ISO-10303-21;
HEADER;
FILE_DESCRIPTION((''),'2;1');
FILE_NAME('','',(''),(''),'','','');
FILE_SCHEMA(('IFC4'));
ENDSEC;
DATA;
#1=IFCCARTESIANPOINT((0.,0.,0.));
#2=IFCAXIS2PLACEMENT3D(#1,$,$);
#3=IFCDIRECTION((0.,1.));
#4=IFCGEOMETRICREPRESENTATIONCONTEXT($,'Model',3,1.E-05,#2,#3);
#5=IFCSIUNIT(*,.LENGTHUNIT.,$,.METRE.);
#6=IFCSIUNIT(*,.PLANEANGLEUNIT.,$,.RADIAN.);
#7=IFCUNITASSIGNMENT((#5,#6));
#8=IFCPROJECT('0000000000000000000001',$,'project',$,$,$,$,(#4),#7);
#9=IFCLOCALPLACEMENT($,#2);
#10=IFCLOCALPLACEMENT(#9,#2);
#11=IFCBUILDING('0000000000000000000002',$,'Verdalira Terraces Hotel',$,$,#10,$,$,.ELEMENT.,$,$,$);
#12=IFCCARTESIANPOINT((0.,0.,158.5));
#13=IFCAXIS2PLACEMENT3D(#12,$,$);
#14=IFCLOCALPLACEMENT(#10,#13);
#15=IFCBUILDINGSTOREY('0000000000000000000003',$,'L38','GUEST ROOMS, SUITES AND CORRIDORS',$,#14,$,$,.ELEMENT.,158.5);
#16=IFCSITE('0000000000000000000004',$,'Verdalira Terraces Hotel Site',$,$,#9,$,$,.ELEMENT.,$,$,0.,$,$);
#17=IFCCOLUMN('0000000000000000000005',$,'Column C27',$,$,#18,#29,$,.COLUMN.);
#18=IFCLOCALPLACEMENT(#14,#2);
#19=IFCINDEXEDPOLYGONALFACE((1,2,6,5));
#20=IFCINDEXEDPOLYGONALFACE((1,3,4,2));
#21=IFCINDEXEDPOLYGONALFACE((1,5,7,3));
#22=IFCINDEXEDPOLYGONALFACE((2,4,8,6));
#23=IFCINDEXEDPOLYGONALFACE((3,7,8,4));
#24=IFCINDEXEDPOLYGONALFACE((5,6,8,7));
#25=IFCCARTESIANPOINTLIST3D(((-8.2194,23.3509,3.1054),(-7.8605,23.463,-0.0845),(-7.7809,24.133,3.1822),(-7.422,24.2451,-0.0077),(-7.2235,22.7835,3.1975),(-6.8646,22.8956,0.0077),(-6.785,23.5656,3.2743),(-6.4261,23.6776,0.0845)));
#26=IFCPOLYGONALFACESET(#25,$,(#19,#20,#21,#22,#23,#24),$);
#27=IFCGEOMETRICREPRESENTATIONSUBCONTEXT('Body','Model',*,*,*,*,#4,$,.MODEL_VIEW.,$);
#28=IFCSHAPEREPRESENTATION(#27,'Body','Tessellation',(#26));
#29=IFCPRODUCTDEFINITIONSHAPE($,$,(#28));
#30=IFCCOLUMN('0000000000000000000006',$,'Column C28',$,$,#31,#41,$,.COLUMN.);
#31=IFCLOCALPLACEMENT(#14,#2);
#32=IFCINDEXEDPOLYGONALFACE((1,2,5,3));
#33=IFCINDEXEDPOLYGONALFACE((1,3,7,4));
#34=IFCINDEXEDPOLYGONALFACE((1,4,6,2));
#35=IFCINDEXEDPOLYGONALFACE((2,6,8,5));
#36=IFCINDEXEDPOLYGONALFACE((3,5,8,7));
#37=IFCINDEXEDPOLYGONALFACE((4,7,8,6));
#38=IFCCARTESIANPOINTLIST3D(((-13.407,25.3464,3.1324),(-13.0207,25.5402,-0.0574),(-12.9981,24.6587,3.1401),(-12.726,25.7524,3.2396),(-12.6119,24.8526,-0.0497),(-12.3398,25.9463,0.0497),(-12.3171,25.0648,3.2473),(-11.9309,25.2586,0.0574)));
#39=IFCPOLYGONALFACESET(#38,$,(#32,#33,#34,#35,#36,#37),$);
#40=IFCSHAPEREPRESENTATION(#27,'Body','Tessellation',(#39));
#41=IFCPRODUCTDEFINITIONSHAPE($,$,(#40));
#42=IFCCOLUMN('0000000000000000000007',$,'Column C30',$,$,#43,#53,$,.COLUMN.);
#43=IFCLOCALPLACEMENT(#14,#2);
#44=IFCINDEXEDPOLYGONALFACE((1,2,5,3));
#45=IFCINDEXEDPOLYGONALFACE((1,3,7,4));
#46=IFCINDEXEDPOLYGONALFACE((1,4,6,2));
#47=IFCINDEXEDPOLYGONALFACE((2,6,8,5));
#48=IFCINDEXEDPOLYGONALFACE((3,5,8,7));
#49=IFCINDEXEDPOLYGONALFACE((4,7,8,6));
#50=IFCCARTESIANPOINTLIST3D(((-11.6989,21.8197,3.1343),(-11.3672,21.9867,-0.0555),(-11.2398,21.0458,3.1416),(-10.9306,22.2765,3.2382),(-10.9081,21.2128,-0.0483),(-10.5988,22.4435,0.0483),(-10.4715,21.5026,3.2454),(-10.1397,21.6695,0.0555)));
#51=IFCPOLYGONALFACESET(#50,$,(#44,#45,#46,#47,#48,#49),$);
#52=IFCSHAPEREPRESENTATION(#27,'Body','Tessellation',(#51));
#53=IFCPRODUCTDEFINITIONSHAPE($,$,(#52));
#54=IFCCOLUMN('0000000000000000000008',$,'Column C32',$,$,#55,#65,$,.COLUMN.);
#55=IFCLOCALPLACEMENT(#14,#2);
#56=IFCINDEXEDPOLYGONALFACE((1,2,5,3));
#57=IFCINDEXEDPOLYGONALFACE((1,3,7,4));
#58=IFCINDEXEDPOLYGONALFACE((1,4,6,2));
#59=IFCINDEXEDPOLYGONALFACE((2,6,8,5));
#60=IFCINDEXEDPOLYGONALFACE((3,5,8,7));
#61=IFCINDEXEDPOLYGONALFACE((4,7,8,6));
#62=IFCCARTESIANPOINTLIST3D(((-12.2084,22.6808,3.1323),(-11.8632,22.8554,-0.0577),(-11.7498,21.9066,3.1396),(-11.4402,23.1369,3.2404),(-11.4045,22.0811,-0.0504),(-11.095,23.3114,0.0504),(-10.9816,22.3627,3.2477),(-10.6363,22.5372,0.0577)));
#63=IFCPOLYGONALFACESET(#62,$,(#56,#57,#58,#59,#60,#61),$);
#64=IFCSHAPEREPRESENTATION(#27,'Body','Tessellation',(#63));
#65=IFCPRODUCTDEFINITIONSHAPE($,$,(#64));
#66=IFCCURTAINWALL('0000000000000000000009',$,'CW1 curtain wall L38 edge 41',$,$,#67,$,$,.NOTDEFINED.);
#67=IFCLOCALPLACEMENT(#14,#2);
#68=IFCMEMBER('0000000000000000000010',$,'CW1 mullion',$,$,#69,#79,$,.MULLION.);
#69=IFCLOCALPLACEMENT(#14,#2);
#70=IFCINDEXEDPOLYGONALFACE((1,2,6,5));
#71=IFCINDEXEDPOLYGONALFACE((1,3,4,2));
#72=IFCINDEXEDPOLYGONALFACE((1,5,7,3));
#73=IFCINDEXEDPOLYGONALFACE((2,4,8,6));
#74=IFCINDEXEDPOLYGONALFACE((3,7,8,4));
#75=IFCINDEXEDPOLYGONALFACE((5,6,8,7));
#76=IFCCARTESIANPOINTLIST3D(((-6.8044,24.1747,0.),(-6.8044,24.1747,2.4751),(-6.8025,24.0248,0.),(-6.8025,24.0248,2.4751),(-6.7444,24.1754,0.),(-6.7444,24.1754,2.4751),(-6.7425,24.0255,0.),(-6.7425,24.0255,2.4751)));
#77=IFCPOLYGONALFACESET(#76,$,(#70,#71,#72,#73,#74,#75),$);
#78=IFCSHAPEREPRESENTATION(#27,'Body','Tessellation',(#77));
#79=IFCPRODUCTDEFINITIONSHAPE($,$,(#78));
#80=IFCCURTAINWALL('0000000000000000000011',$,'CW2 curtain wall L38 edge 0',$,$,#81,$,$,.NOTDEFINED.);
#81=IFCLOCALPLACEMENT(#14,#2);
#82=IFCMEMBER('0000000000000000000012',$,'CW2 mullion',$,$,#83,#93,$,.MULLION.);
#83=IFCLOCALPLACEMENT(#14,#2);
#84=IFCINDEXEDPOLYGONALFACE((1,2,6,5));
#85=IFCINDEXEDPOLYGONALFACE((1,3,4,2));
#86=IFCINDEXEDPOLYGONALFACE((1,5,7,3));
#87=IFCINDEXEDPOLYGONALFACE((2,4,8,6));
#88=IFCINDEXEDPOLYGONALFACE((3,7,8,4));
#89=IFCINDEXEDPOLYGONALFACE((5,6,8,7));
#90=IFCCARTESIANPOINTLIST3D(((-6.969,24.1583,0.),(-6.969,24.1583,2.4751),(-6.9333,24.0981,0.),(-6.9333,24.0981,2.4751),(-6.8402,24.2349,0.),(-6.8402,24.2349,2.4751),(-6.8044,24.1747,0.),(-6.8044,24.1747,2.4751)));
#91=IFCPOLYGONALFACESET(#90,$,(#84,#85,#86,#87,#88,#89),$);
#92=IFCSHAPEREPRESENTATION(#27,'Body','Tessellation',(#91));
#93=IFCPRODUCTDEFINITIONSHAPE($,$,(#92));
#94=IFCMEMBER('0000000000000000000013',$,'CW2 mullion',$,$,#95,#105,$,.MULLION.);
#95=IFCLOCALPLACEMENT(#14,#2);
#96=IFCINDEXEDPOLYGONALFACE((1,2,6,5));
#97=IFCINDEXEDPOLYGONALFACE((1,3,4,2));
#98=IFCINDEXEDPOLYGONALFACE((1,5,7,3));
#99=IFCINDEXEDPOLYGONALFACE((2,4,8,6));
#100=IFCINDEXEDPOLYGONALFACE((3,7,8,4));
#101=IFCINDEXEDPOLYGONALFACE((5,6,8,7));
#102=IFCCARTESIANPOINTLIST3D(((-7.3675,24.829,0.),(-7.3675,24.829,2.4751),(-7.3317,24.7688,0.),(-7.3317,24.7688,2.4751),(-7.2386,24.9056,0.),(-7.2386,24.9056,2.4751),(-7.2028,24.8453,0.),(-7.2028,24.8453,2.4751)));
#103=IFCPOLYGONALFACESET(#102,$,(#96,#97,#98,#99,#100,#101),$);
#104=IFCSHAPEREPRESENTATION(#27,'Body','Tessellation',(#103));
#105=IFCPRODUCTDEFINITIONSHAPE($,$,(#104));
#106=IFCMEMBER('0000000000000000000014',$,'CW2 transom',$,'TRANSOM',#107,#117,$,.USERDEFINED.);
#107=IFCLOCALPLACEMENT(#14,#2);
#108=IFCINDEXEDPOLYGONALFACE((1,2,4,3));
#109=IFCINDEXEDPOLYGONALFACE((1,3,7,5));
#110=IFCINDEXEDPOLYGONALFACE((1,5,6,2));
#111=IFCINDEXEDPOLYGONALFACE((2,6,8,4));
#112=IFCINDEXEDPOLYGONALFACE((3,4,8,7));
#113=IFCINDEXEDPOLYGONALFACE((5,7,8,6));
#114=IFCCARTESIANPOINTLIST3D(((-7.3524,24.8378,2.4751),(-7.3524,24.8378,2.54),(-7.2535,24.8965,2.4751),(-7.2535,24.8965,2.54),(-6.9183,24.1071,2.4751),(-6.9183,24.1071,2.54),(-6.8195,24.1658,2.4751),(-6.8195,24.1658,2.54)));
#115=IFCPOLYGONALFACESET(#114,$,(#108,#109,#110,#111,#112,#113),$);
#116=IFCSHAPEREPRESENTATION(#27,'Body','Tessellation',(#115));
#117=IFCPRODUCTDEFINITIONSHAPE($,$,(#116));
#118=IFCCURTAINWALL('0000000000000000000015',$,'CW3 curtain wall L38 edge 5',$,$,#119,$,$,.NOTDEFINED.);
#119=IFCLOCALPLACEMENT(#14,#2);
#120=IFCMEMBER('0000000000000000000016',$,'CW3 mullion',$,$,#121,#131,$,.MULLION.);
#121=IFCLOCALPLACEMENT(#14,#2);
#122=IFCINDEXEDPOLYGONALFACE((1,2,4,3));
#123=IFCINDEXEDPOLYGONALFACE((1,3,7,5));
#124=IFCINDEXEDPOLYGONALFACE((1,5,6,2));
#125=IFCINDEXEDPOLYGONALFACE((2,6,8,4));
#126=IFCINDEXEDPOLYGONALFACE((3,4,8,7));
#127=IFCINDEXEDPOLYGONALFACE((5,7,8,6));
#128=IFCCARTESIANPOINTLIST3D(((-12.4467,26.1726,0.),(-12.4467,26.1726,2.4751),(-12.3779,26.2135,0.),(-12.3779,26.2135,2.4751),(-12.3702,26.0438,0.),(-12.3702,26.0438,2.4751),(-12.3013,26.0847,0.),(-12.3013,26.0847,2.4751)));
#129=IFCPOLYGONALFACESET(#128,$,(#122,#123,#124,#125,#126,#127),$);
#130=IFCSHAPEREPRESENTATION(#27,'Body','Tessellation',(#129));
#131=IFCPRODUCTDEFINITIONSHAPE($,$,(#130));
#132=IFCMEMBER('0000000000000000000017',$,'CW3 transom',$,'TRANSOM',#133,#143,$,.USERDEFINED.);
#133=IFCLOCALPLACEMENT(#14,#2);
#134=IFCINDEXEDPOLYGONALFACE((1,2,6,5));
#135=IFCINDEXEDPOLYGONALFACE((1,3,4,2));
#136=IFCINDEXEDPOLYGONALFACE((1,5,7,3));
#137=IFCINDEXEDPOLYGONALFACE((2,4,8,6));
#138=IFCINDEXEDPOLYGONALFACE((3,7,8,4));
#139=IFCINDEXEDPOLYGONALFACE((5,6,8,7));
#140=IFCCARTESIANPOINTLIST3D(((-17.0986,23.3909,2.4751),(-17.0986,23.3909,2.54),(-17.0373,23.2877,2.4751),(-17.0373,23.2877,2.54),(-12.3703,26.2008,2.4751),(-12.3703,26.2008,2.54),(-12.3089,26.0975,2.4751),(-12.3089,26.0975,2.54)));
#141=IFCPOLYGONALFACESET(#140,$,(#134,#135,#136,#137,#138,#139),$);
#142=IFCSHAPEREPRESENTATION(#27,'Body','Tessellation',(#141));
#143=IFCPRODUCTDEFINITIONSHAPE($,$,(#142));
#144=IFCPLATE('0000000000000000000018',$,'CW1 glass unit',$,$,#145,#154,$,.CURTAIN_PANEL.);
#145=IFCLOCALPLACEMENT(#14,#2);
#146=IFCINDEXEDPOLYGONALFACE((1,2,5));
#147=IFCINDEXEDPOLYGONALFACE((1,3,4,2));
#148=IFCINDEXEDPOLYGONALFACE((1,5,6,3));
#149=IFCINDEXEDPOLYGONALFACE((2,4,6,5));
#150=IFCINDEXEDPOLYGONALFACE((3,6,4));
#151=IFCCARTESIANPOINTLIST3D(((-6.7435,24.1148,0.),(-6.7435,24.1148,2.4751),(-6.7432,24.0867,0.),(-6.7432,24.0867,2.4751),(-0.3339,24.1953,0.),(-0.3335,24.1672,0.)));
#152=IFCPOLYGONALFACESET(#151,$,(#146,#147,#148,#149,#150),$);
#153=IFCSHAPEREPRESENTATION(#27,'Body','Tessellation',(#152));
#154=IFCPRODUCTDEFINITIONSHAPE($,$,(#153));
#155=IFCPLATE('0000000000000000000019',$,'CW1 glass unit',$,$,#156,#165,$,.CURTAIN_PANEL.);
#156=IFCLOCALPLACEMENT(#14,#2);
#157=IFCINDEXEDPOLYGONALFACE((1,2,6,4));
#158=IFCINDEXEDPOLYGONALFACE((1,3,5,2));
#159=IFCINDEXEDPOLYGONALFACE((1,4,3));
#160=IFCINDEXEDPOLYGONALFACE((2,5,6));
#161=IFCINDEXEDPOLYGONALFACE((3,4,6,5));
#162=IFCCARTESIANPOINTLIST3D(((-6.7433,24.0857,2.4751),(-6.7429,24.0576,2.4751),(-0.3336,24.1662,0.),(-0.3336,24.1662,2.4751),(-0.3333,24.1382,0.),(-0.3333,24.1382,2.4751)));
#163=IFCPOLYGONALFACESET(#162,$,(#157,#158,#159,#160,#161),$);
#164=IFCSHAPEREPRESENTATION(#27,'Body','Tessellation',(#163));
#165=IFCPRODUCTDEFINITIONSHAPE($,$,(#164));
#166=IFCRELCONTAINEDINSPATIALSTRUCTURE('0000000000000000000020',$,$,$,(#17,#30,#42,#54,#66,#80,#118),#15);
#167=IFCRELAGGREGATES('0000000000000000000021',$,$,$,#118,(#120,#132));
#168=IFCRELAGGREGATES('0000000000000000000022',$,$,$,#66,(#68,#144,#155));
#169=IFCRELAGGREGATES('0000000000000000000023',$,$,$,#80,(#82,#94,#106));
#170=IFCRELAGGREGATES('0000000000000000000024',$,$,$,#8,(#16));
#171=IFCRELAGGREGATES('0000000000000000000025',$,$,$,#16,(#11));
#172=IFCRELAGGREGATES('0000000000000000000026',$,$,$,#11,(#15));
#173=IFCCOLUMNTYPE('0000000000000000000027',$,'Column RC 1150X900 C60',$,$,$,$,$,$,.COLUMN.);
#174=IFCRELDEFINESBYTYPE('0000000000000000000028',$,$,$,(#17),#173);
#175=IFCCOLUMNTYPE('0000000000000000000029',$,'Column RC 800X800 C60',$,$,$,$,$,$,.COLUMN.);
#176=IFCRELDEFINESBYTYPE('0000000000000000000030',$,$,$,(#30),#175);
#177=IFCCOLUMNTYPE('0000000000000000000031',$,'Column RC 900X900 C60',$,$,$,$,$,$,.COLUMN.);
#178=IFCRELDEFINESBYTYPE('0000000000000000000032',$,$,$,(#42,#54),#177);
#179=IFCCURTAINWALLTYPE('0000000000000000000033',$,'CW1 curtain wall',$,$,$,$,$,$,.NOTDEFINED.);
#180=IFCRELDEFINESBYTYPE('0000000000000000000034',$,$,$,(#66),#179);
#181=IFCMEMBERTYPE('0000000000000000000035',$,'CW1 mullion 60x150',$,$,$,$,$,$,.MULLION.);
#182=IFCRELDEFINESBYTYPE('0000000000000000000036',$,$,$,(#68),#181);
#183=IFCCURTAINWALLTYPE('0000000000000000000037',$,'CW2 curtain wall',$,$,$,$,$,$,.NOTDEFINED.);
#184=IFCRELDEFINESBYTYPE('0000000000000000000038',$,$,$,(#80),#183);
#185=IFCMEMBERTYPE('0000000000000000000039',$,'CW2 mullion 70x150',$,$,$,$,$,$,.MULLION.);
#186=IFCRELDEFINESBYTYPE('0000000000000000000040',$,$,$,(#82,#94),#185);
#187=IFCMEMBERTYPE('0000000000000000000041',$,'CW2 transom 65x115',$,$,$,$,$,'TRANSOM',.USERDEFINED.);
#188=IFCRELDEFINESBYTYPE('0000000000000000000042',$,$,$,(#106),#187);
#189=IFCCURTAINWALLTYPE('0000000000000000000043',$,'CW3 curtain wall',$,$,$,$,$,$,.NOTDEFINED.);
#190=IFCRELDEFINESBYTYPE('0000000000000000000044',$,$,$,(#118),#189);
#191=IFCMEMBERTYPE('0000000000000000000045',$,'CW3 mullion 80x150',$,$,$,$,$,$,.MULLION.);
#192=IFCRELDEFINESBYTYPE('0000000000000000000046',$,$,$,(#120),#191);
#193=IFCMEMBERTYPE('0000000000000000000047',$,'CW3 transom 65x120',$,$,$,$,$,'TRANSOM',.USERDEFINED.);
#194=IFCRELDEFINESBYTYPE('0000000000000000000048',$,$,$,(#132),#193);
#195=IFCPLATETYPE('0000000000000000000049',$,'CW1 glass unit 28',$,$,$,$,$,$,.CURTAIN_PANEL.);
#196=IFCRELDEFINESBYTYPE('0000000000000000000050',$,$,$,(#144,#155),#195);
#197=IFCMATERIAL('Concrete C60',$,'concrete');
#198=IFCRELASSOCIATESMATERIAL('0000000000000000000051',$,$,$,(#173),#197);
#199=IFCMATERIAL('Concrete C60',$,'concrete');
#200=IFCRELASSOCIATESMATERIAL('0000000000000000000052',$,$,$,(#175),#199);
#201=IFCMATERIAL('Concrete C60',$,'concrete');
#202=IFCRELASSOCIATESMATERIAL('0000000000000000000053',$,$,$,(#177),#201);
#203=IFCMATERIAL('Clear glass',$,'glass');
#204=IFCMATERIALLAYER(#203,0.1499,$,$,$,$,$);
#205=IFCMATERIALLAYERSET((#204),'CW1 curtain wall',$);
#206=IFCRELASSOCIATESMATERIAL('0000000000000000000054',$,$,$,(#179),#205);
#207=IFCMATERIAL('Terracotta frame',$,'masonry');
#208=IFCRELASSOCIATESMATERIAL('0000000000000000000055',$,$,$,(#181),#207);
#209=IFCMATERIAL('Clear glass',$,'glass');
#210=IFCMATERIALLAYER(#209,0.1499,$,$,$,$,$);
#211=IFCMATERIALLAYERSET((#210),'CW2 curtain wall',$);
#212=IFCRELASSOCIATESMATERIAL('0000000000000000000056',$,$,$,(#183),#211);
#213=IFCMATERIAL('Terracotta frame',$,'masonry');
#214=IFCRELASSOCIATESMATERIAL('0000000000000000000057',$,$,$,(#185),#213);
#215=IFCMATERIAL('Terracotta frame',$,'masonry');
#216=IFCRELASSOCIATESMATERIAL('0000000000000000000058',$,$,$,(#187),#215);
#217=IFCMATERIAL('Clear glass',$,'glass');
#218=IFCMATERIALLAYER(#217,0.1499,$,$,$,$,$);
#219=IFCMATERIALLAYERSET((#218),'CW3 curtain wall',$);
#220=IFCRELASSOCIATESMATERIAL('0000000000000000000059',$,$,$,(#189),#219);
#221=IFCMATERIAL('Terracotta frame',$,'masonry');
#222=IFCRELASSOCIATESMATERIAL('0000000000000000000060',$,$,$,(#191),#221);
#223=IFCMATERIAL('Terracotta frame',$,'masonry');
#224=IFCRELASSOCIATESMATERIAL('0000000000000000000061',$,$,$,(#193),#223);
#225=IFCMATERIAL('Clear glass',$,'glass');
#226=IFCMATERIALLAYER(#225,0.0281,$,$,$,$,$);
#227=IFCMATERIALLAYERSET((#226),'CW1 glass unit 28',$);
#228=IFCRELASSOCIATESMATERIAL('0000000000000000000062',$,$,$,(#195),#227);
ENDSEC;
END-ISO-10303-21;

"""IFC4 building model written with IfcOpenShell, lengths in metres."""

from ifc_helpers import new_model, si_unit, direction, frame, origin, origin_2d, place, context, subcontext, project, spatial, polyline, rectangle, outline, extrude, material, layer, layer_set, material_profile, profile_set, type_object, element, aggregate, save


model = new_model("IFC4")

# Units and contexts
model_context = context("Model", 3, precision=1e-05, world=origin(), true_north=direction((0.0, 1.0)))
body_context = subcontext(model_context, "Body", "Model", "MODEL_VIEW")
ifc_project = project(units=[si_unit("LENGTHUNIT", "METRE"), si_unit("PLANEANGLEUNIT", "RADIAN")], contexts=[model_context])

# Site, building, storey
site_placement = place(None, origin())
site = spatial("IfcSite", under=ifc_project, at=site_placement, Name="Verdalira Terraces Hotel Site", CompositionType="ELEMENT", RefElevation=0.0)
building_placement = place(site_placement, origin())
building = spatial("IfcBuilding", under=site, at=building_placement, Name="Verdalira Terraces Hotel", CompositionType="ELEMENT")
storey_placement = place(building_placement, frame((0.0, 0.0, 158.5)))
storey = spatial("IfcBuildingStorey", under=building, at=storey_placement, Name="L38", Description="GUEST ROOMS, SUITES AND CORRIDORS", CompositionType="ELEMENT", Elevation=158.5)

# Columns
ifc_material_1 = material(Name="Concrete C60", Category="concrete")
ifc_material_profile_1 = material_profile(ifc_material_1, rectangle(XDim=1.1499, YDim=0.8999, at=origin_2d()), Name="RC 1150X900")
ifc_profile_set_1 = profile_set([ifc_material_profile_1], Name="Concrete C60")
column_type_1 = type_object("IfcColumnType", Name="Column RC 1150X900 C60", PredefinedType="COLUMN", material=ifc_profile_set_1)
column_1_placement = place(storey_placement, frame((-7.1433, 23.5703, 0.0), z_axis=(-0.111732, -0.034888, 0.993126), x_axis=(0.866068, -0.493467, 0.080102)))
element("IfcColumn", 1, at=column_1_placement, inside=storey, type_object=column_type_1, Name="Column C27", PredefinedType="COLUMN", context=body_context, shape_type="SweptSolid", body=[
    extrude(rectangle(XDim=1.1499, YDim=0.8999, at=origin_2d()), origin(), (0.0, 0.0, 1.0), 3.2119),
])
ifc_material_2 = material(Name="Concrete C60", Category="concrete")
ifc_material_profile_2 = material_profile(ifc_material_2, rectangle(XDim=0.8, YDim=0.8, at=origin_2d()), Name="RC 800X800")
ifc_profile_set_2 = profile_set([ifc_material_profile_2], Name="Concrete C60")
column_type_2 = type_object("IfcColumnType", Name="Column RC 800X800 C60", PredefinedType="COLUMN", material=ifc_profile_set_2)
column_2_placement = place(storey_placement, frame((-12.4758, 25.3994, 0.0), z_axis=(-0.119982, -0.060218, 0.990948), x_axis=(-0.851163, -0.507536, -0.133899)))
element("IfcColumn", 2, at=column_2_placement, inside=storey, type_object=column_type_2, Name="Column C28", PredefinedType="COLUMN", context=body_context, shape_type="SweptSolid", body=[
    extrude(rectangle(XDim=0.8, YDim=0.8, at=origin_2d()), origin(), (0.0, 0.0, 1.0), 3.219),
])
ifc_material_3 = material(Name="Concrete C60", Category="concrete")
ifc_material_profile_3 = material_profile(ifc_material_3, rectangle(XDim=0.8999, YDim=0.8999, at=origin_2d()), Name="RC 900X900")
ifc_profile_set_3 = profile_set([ifc_material_profile_3], Name="Concrete C60")
column_type_3 = type_object("IfcColumnType", Name="Column RC 900X900 C60", PredefinedType="COLUMN", material=ifc_profile_set_3)
column_3_placement = place(storey_placement, frame((-10.7534, 21.8281, 0.0), z_axis=(-0.103312, -0.051998, 0.993289), x_axis=(-0.510176, 0.860032, -0.008041)))
element("IfcColumn", 3, at=column_3_placement, inside=storey, type_object=column_type_3, Name="Column C30", PredefinedType="COLUMN", context=body_context, shape_type="SweptSolid", body=[
    extrude(rectangle(XDim=0.8999, YDim=0.8999, at=origin_2d()), origin(), (0.0, 0.0, 1.0), 3.2114),
])
column_4_placement = place(storey_placement, frame((-11.2498, 22.6963, 0.0), z_axis=(-0.107433, -0.054324, 0.992727), x_axis=(-0.509656, 0.860341, -0.008075)))
element("IfcColumn", 4, at=column_4_placement, inside=storey, type_object=column_type_3, Name="Column C32", PredefinedType="COLUMN", context=body_context, shape_type="SweptSolid", body=[
    extrude(rectangle(XDim=0.8999, YDim=0.8999, at=origin_2d()), origin(), (0.0, 0.0, 1.0), 3.2134),
])

# Curtain wall, member
ifc_material_4 = material(Name="Clear glass", Category="glass")
ifc_layer_1 = layer(ifc_material_4, 0.1499)
ifc_layer_set_1 = layer_set([ifc_layer_1], Name="CW1 curtain wall")
curtain_wall_type_1 = type_object("IfcCurtainWallType", Name="CW1 curtain wall", PredefinedType="NOTDEFINED", material=ifc_layer_set_1)
curtain_wall_1_placement = place(storey_placement, origin())
curtain_wall_1 = element("IfcCurtainWall", 5, at=curtain_wall_1_placement, inside=storey, type_object=curtain_wall_type_1, Name="CW1 curtain wall L38 edge 41", PredefinedType="NOTDEFINED")
ifc_material_5 = material(Name="Terracotta frame", Category="masonry")
ifc_material_profile_4 = material_profile(ifc_material_5, rectangle(XDim=0.0601, YDim=0.1499, at=origin_2d()), Name="MU 60x150")
ifc_profile_set_4 = profile_set([ifc_material_profile_4], Name="Terracotta frame")
member_type_1 = type_object("IfcMemberType", Name="CW1 mullion 60x150", PredefinedType="MULLION", material=ifc_profile_set_4)
member_1_placement = place(storey_placement, frame((-6.7734, 24.1001, 0.0), z_axis=(0.0, 0.0, 1.0), x_axis=(-0.999921, -0.012566, 0.0)))
member_1 = element("IfcMember", 6, at=member_1_placement, type_object=member_type_1, Name="CW1 mullion", PredefinedType="MULLION", context=body_context, shape_type="SweptSolid", body=[
    extrude(rectangle(XDim=0.0601, YDim=0.1499, at=origin_2d()), origin(), (0.0, 0.0, 1.0), 2.4751),
])

# Curtain walls, members
ifc_material_6 = material(Name="Clear glass", Category="glass")
ifc_layer_2 = layer(ifc_material_6, 0.1499)
ifc_layer_set_2 = layer_set([ifc_layer_2], Name="CW2 curtain wall")
curtain_wall_type_2 = type_object("IfcCurtainWallType", Name="CW2 curtain wall", PredefinedType="NOTDEFINED", material=ifc_layer_set_2)
curtain_wall_2_placement = place(storey_placement, origin())
curtain_wall_2 = element("IfcCurtainWall", 7, at=curtain_wall_2_placement, inside=storey, type_object=curtain_wall_type_2, Name="CW2 curtain wall L38 edge 0", PredefinedType="NOTDEFINED")
ifc_material_7 = material(Name="Terracotta frame", Category="masonry")
ifc_material_profile_5 = material_profile(ifc_material_7, rectangle(XDim=0.0701, YDim=0.1499, at=origin_2d()), Name="MU 70x150")
ifc_profile_set_5 = profile_set([ifc_material_profile_5], Name="Terracotta frame")
member_type_2 = type_object("IfcMemberType", Name="CW2 mullion 70x150", PredefinedType="MULLION", material=ifc_profile_set_5)
member_2_placement = place(storey_placement, frame((-6.8867, 24.1665, 0.0), z_axis=(0.0, 0.0, 1.0), x_axis=(-0.510843, 0.859674, 0.0)))
member_2 = element("IfcMember", 8, at=member_2_placement, type_object=member_type_2, Name="CW2 mullion", PredefinedType="MULLION", context=body_context, shape_type="SweptSolid", body=[
    extrude(rectangle(XDim=0.0701, YDim=0.1499, at=origin_2d()), origin(), (0.0, 0.0, 1.0), 2.4751),
])
member_3_placement = place(storey_placement, frame((-7.2852, 24.8372, 0.0), z_axis=(0.0, 0.0, 1.0), x_axis=(-0.510843, 0.859674, 0.0)))
member_3 = element("IfcMember", 9, at=member_3_placement, type_object=member_type_2, Name="CW2 mullion", PredefinedType="MULLION", context=body_context, shape_type="SweptSolid", body=[
    extrude(rectangle(XDim=0.0701, YDim=0.1499, at=origin_2d()), origin(), (0.0, 0.0, 1.0), 2.4751),
])
ifc_material_8 = material(Name="Terracotta frame", Category="masonry")
ifc_material_profile_6 = material_profile(ifc_material_8, rectangle(XDim=0.115, YDim=0.0649, at=origin_2d()), Name="TR 65x115")
ifc_profile_set_6 = profile_set([ifc_material_profile_6], Name="Terracotta frame")
member_type_3 = type_object("IfcMemberType", Name="CW2 transom 65x115", ElementType="TRANSOM", PredefinedType="USERDEFINED", material=ifc_profile_set_6)
member_4_placement = place(storey_placement, frame((-6.8689, 24.1365, 2.5076), z_axis=(-0.510731, 0.85974, 0.0), x_axis=(-0.85974, -0.510731, 0.0)))
member_4 = element("IfcMember", 10, at=member_4_placement, type_object=member_type_3, Name="CW2 transom", ObjectType="TRANSOM", PredefinedType="USERDEFINED", context=body_context, shape_type="SweptSolid", body=[
    extrude(rectangle(XDim=0.115, YDim=0.0649, at=origin_2d()), origin(), (0.0, 0.0, 1.0), 0.8499),
])
ifc_material_9 = material(Name="Clear glass", Category="glass")
ifc_layer_3 = layer(ifc_material_9, 0.1499)
ifc_layer_set_3 = layer_set([ifc_layer_3], Name="CW3 curtain wall")
curtain_wall_type_3 = type_object("IfcCurtainWallType", Name="CW3 curtain wall", PredefinedType="NOTDEFINED", material=ifc_layer_set_3)
curtain_wall_3_placement = place(storey_placement, origin())
curtain_wall_3 = element("IfcCurtainWall", 11, at=curtain_wall_3_placement, inside=storey, type_object=curtain_wall_type_3, Name="CW3 curtain wall L38 edge 5", PredefinedType="NOTDEFINED")
ifc_material_10 = material(Name="Terracotta frame", Category="masonry")
ifc_material_profile_7 = material_profile(ifc_material_10, rectangle(XDim=0.0801, YDim=0.1499, at=origin_2d()), Name="MU 80x150")
ifc_profile_set_7 = profile_set([ifc_material_profile_7], Name="Terracotta frame")
member_type_4 = type_object("IfcMemberType", Name="CW3 mullion 80x150", PredefinedType="MULLION", material=ifc_profile_set_7)
member_5_placement = place(storey_placement, frame((-12.374, 26.1287, 0.0), z_axis=(0.0, 0.0, 1.0), x_axis=(-0.859674, -0.510843, 0.0)))
member_5 = element("IfcMember", 12, at=member_5_placement, type_object=member_type_4, Name="CW3 mullion", PredefinedType="MULLION", context=body_context, shape_type="SweptSolid", body=[
    extrude(rectangle(XDim=0.0801, YDim=0.1499, at=origin_2d()), origin(), (0.0, 0.0, 1.0), 2.4751),
])
ifc_material_11 = material(Name="Terracotta frame", Category="masonry")
ifc_material_profile_8 = material_profile(ifc_material_11, rectangle(XDim=0.1201, YDim=0.0649, at=origin_2d()), Name="TR 65x120")
ifc_profile_set_8 = profile_set([ifc_material_profile_8], Name="Terracotta frame")
member_type_5 = type_object("IfcMemberType", Name="CW3 transom 65x120", ElementType="TRANSOM", PredefinedType="USERDEFINED", material=ifc_profile_set_8)
member_6_placement = place(storey_placement, frame((-12.3396, 26.1492, 2.5076), z_axis=(-0.859663, -0.510862, 0.0), x_axis=(0.510862, -0.859663, 0.0)))
member_6 = element("IfcMember", 13, at=member_6_placement, type_object=member_type_5, Name="CW3 transom", ObjectType="TRANSOM", PredefinedType="USERDEFINED", context=body_context, shape_type="SweptSolid", body=[
    extrude(rectangle(XDim=0.1201, YDim=0.0649, at=origin_2d()), origin(), (0.0, 0.0, 1.0), 5.5002),
])
aggregate(curtain_wall_3, [member_5, member_6])

# Plates
ifc_material_12 = material(Name="Clear glass", Category="glass")
ifc_layer_4 = layer(ifc_material_12, 0.0281)
ifc_layer_set_4 = layer_set([ifc_layer_4], Name="CW1 glass unit 28")
plate_type_1 = type_object("IfcPlateType", Name="CW1 glass unit 28", PredefinedType="CURTAIN_PANEL", material=ifc_layer_set_4)
plate_1_placement = place(storey_placement, frame((-3.5383, 24.127, 1.2375), z_axis=(-0.012566, 0.999921, 0.0), x_axis=(-0.999921, -0.012566, 0.0)))
plate_1 = element("IfcPlate", 14, at=plate_1_placement, type_object=plate_type_1, Name="CW1 glass unit", PredefinedType="CURTAIN_PANEL", context=body_context, shape_type="SweptSolid", body=[
    extrude(outline(polyline([(-3.2051, -1.2375), (3.2051, -1.2375), (3.2051, 1.2375), (-3.2051, -1.2375)])), origin(), (0.0, 0.0, 1.0), 0.0281),
])
plate_2_placement = place(storey_placement, frame((-3.5381, 24.0979, 1.2375), z_axis=(-0.012566, 0.999921, 0.0), x_axis=(-0.999921, -0.012566, 0.0)))
plate_2 = element("IfcPlate", 15, at=plate_2_placement, type_object=plate_type_1, Name="CW1 glass unit", PredefinedType="CURTAIN_PANEL", context=body_context, shape_type="SweptSolid", body=[
    extrude(outline(polyline([(-3.2051, -1.2375), (3.2051, 1.2375), (-3.2051, 1.2375), (-3.2051, -1.2375)])), origin(), (0.0, 0.0, 1.0), 0.0281),
])
aggregate(curtain_wall_1, [member_1, plate_1, plate_2])
aggregate(curtain_wall_2, [member_2, member_3, member_4])

save(model, "model.ifc")
